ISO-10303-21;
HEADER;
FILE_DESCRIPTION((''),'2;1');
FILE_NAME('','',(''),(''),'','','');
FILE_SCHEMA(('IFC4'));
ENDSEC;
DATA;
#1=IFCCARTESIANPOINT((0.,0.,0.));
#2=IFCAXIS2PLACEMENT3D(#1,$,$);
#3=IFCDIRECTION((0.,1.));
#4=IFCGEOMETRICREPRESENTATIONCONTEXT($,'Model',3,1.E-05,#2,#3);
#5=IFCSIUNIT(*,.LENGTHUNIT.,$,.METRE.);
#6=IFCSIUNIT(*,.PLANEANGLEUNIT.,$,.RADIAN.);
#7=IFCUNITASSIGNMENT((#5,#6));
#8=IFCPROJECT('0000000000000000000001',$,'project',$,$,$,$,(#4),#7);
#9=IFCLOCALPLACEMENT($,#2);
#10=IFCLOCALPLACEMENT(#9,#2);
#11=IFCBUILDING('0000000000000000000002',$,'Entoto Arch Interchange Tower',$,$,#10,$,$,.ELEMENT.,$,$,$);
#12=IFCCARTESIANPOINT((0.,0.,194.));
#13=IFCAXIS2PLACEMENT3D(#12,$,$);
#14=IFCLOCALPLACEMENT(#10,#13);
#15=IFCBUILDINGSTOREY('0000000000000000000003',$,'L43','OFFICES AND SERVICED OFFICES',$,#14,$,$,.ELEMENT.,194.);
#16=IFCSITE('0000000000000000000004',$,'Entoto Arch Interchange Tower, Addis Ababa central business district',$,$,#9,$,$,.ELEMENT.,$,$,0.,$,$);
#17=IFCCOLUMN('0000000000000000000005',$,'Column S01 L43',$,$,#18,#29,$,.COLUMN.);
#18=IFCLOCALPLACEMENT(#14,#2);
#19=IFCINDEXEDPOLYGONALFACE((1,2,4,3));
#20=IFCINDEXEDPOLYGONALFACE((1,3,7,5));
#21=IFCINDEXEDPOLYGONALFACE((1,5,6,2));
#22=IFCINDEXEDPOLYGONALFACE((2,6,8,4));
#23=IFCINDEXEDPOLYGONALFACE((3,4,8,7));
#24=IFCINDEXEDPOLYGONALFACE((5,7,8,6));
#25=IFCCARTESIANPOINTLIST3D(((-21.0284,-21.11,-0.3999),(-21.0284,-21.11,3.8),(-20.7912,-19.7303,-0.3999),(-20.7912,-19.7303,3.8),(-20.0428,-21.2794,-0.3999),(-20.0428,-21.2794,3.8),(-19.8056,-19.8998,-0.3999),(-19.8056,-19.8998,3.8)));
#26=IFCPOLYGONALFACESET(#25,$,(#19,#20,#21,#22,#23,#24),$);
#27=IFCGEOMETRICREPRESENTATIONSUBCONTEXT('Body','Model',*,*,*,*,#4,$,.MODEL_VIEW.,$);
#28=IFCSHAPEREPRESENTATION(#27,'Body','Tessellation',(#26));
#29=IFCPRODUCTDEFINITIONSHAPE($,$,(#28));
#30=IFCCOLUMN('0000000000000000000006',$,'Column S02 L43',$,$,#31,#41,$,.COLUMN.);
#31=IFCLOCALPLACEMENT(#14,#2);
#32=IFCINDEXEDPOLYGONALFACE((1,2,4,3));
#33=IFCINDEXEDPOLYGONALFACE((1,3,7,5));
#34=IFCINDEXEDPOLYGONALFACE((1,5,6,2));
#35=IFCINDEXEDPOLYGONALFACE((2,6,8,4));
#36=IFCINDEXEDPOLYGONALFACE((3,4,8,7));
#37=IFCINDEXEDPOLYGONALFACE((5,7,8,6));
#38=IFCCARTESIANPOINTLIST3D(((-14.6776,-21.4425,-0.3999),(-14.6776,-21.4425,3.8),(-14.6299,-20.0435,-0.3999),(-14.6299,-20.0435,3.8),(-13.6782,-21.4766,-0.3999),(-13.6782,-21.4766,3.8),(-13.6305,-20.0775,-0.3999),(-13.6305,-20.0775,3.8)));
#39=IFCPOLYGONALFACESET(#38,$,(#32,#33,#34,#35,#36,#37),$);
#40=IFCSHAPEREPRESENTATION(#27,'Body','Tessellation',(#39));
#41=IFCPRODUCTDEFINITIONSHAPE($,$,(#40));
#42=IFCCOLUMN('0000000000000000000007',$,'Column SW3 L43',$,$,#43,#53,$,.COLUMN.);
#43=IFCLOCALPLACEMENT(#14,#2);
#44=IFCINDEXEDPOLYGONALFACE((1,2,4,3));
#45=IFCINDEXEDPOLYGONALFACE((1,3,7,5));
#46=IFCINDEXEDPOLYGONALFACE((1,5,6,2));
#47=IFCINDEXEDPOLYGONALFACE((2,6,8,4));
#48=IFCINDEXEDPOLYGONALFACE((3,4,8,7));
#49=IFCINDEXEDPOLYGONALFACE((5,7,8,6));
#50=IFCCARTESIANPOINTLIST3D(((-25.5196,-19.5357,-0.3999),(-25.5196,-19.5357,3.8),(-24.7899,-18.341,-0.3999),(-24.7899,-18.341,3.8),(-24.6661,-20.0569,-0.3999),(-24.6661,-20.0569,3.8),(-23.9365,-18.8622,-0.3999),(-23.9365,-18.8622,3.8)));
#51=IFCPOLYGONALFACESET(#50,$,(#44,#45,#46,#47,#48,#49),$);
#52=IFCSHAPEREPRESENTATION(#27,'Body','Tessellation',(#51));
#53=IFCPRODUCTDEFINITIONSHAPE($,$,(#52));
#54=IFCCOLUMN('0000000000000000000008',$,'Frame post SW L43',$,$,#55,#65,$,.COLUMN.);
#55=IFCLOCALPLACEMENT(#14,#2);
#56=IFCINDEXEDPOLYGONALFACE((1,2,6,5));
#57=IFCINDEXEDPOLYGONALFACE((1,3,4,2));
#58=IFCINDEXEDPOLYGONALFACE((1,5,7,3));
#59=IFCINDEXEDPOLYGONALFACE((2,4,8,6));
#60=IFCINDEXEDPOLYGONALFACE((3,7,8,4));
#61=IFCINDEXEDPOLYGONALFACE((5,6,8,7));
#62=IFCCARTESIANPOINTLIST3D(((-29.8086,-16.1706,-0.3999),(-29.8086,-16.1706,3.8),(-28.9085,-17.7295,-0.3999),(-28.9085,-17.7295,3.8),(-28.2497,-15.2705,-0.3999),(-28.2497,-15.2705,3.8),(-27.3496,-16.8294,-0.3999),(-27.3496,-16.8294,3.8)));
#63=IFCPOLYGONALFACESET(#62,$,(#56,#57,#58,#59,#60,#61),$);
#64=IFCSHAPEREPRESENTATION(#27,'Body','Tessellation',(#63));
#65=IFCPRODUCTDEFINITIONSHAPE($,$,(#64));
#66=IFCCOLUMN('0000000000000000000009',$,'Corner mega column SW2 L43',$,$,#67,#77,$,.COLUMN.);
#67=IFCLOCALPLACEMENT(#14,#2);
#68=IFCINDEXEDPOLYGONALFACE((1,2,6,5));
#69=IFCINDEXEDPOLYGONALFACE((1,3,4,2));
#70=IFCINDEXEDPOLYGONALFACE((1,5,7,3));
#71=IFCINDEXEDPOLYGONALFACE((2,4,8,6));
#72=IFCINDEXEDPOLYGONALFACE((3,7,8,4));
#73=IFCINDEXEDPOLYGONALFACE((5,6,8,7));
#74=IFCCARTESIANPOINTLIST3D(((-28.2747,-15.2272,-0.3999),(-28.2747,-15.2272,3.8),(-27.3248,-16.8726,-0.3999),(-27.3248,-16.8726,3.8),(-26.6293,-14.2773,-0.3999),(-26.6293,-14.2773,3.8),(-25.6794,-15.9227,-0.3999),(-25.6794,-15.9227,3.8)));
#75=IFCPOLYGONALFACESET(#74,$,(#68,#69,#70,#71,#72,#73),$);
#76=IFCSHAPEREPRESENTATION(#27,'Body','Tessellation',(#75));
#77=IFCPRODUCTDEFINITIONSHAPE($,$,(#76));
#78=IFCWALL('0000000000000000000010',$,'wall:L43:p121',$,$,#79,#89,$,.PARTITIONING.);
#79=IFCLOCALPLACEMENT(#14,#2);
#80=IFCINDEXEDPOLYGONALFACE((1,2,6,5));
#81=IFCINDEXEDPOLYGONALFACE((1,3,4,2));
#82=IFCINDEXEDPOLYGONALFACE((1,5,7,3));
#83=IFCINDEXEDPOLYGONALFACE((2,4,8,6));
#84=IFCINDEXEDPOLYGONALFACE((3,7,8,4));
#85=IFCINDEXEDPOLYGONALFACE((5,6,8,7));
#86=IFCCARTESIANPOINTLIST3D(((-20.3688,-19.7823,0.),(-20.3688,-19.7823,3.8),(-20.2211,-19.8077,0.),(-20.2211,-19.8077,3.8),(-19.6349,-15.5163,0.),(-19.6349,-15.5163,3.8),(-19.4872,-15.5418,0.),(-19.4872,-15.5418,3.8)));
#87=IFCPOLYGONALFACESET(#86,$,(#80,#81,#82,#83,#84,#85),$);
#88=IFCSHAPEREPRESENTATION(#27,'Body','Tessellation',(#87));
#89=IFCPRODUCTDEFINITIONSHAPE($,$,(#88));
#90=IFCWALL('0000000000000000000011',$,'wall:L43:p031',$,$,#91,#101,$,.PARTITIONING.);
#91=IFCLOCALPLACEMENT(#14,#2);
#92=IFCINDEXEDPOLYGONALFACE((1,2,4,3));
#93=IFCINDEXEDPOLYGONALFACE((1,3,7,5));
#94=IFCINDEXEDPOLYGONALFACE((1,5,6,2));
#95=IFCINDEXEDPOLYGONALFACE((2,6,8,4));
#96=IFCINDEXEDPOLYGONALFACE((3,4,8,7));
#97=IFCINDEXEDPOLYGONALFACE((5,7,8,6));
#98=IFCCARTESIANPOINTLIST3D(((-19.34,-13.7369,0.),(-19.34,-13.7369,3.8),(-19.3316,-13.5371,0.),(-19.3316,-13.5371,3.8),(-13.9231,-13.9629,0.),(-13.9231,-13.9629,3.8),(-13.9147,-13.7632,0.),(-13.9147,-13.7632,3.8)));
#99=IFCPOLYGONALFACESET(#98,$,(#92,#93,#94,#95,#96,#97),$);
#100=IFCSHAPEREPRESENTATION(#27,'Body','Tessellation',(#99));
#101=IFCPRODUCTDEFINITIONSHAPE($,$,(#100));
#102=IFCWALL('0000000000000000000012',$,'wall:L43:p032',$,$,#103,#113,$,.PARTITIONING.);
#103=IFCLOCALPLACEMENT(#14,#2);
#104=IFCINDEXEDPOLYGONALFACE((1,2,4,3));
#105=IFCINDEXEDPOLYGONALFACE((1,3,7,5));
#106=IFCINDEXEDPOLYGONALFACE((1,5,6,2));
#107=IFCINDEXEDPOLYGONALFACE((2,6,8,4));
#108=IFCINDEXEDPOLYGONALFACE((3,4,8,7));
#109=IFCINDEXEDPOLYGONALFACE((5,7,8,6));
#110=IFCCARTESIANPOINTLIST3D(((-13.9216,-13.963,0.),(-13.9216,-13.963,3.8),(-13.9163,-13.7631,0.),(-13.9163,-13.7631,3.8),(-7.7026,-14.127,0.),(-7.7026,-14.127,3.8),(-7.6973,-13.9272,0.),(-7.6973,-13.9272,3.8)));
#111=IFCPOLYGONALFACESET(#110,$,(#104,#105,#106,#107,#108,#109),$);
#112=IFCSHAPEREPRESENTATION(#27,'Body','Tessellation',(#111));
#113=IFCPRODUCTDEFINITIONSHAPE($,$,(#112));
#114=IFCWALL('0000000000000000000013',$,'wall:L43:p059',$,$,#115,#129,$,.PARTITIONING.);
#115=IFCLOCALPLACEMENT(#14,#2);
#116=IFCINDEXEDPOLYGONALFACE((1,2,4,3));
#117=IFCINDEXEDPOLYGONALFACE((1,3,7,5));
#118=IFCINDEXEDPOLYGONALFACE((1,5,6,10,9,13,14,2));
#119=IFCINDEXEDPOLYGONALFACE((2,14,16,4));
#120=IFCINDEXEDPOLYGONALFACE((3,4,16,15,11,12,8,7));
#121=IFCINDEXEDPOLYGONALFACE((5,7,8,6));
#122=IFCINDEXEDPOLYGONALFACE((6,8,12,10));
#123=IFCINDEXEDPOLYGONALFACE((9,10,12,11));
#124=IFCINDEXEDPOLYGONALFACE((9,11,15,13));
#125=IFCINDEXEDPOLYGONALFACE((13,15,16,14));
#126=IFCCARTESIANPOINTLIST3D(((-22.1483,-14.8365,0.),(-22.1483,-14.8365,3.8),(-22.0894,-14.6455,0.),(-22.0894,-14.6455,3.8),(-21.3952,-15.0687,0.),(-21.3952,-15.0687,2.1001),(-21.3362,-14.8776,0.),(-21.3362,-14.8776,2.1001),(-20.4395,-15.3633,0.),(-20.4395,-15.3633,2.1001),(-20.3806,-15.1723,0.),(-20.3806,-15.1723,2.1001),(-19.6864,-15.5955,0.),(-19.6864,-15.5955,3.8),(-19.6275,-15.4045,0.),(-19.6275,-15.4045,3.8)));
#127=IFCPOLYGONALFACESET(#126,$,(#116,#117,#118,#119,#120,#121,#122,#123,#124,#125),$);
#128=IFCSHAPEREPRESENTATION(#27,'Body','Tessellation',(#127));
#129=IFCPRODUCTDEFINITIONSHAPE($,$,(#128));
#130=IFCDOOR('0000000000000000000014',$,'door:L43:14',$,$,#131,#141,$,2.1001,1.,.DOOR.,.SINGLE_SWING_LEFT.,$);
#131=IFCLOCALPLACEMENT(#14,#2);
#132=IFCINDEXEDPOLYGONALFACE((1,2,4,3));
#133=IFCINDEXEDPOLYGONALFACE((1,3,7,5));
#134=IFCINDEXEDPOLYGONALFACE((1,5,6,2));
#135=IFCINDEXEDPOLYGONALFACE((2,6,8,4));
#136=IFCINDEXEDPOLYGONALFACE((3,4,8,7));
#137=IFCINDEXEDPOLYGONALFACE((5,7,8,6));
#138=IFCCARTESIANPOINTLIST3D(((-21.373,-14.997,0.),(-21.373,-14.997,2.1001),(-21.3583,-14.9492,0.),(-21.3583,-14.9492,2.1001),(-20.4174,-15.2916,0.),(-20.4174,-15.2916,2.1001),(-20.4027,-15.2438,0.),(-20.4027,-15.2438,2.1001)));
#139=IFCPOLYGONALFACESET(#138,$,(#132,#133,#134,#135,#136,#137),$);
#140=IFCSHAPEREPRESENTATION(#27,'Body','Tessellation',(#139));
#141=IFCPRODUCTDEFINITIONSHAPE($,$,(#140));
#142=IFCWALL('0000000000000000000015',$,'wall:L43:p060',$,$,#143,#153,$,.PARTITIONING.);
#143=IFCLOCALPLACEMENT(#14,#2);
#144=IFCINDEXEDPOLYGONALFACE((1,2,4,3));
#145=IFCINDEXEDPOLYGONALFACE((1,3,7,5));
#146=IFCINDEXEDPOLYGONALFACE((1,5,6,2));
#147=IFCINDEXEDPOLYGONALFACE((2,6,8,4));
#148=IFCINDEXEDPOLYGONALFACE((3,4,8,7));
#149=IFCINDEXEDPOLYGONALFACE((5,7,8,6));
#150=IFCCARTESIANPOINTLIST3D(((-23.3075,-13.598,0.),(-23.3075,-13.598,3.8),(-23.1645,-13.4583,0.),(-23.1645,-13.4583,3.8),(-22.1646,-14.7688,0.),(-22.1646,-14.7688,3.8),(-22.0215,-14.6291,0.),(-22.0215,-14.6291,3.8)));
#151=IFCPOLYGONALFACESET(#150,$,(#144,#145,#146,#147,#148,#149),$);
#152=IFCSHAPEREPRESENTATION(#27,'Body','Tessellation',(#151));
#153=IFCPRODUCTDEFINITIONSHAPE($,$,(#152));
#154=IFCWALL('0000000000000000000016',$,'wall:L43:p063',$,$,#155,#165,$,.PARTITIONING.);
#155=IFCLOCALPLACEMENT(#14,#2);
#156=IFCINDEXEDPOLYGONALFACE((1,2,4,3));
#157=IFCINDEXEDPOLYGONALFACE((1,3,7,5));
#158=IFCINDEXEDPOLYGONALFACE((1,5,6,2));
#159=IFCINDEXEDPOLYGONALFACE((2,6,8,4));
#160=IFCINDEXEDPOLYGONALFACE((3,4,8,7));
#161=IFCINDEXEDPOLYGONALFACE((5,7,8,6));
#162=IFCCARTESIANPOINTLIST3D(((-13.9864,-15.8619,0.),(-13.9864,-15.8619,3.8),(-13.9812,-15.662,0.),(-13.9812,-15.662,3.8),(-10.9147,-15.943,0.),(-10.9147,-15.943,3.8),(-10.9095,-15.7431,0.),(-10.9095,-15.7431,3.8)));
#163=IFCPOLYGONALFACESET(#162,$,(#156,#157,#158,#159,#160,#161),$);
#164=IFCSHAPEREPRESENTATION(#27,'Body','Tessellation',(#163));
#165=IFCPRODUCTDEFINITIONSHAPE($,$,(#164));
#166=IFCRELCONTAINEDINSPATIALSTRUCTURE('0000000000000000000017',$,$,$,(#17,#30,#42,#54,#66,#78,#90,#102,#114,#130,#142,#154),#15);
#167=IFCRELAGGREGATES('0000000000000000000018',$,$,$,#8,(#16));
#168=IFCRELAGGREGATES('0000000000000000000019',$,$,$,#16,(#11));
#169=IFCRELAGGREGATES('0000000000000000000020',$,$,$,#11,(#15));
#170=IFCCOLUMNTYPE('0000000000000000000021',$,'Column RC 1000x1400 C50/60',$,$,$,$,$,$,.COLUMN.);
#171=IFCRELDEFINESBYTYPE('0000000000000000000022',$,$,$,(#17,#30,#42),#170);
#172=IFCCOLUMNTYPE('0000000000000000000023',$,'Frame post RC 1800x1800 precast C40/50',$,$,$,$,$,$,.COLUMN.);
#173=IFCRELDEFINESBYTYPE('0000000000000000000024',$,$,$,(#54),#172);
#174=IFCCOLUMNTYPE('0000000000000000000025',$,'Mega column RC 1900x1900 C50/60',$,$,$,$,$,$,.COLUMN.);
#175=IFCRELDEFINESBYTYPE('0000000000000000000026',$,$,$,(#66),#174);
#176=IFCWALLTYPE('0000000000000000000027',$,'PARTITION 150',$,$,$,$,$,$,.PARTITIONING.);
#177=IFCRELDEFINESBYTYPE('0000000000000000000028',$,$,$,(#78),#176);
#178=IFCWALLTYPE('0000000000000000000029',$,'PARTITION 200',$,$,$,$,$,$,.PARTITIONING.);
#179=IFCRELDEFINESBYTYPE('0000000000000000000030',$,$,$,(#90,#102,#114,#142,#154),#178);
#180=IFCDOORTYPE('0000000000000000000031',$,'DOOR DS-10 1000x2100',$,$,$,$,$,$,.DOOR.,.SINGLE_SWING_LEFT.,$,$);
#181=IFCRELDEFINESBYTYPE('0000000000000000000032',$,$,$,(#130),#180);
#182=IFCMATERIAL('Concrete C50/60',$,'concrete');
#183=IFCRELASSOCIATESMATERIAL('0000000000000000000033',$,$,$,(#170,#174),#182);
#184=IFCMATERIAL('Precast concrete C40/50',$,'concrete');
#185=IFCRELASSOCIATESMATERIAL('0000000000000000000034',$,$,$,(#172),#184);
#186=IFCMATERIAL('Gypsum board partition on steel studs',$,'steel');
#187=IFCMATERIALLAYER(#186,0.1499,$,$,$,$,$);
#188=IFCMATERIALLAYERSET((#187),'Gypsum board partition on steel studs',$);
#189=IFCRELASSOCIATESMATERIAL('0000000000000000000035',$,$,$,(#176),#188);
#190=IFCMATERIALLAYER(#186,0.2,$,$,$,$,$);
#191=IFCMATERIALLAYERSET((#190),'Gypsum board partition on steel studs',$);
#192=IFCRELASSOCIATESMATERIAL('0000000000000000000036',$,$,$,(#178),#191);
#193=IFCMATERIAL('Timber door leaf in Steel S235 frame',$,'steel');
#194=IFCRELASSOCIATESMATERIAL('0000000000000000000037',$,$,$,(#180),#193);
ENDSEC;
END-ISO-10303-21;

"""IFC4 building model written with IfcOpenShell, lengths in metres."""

from ifc_helpers import new_model, si_unit, direction, frame, frame_2d, origin, origin_2d, place, context, subcontext, project, spatial, rectangle, extrude, material, layer, layer_set, material_profile, profile_set, type_object, element, fill, save


model = new_model("IFC4")

# Units and contexts
model_context = context("Model", 3, precision=1e-05, world=origin(), true_north=direction((0.0, 1.0)))
body_context = subcontext(model_context, "Body", "Model", "MODEL_VIEW")
ifc_project = project(units=[si_unit("LENGTHUNIT", "METRE"), si_unit("PLANEANGLEUNIT", "RADIAN")], contexts=[model_context])

# Site, building, storey
site_placement = place(None, origin())
site = spatial("IfcSite", under=ifc_project, at=site_placement, Name="Entoto Arch Interchange Tower, Addis Ababa central business district", CompositionType="ELEMENT", RefElevation=0.0)
building_placement = place(site_placement, origin())
building = spatial("IfcBuilding", under=site, at=building_placement, Name="Entoto Arch Interchange Tower", CompositionType="ELEMENT")
storey_placement = place(building_placement, frame((0.0, 0.0, 194.0)))
storey = spatial("IfcBuildingStorey", under=building, at=storey_placement, Name="L43", Description="OFFICES AND SERVICED OFFICES", CompositionType="ELEMENT", Elevation=194.0)

# Columns
ifc_material_1 = material(Name="Concrete C50/60", Category="concrete")
ifc_material_profile_1 = material_profile(ifc_material_1, rectangle(XDim=1.0, YDim=1.3999, at=origin_2d()))
ifc_profile_set_1 = profile_set([ifc_material_profile_1], Name="Concrete C50/60")
column_type_1 = type_object("IfcColumnType", Name="Column RC 1000x1400 C50/60", PredefinedType="COLUMN", material=ifc_profile_set_1)
for number, where, z_axis, x_axis, name in (
    (1, (-20.417, -20.5049, -0.3999), (0.0, 0.0, 1.0), (-0.985541, 0.169436, 0.0), "Column S01 L43"),
    (2, (-14.1541, -20.76, -0.3999), (0.0, 0.0, 1.0), (-0.999421, 0.034027, 0.0), "Column S02 L43"),
    (3, (-24.728, -19.199, -0.3999), (0.0, 0.0, 1.0), (-0.853423, 0.521218, 0.0), "Column SW3 L43"),
):
    element("IfcColumn", number, at=place(storey_placement, frame(where, z_axis=z_axis, x_axis=x_axis)), inside=storey, type_object=column_type_1, Name=name, PredefinedType="COLUMN", context=body_context, shape_type="SweptSolid", body=[
        extrude(rectangle(XDim=1.0, YDim=1.3999, at=origin_2d()), origin(), (0.0, 0.0, 1.0), 4.2),
    ])
ifc_material_2 = material(Name="Precast concrete C40/50", Category="concrete")
ifc_material_profile_2 = material_profile(ifc_material_2, rectangle(XDim=1.8, YDim=1.8, at=origin_2d()))
ifc_profile_set_2 = profile_set([ifc_material_profile_2], Name="Precast concrete C40/50")
column_type_2 = type_object("IfcColumnType", Name="Frame post RC 1800x1800 precast C40/50", PredefinedType="COLUMN", material=ifc_profile_set_2)
column_1_placement = place(storey_placement, frame((-28.5791, -16.5, -0.3999), z_axis=(0.0, 0.0, 1.0), x_axis=(0.866025, 0.5, 0.0)))
element("IfcColumn", 4, at=column_1_placement, inside=storey, type_object=column_type_2, Name="Frame post SW L43", PredefinedType="COLUMN", context=body_context, shape_type="SweptSolid", body=[
    extrude(rectangle(XDim=1.8, YDim=1.8, at=origin_2d()), origin(), (0.0, 0.0, 1.0), 4.2),
])
ifc_material_profile_3 = material_profile(ifc_material_1, rectangle(XDim=1.8999, YDim=1.8999, at=origin_2d()))
ifc_profile_set_3 = profile_set([ifc_material_profile_3], Name="Concrete C50/60")
column_type_3 = type_object("IfcColumnType", Name="Mega column RC 1900x1900 C50/60", PredefinedType="COLUMN", material=ifc_profile_set_3)
column_2_placement = place(storey_placement, frame((-26.9771, -15.575, -0.3999), z_axis=(0.0, 0.0, 1.0), x_axis=(0.866025, 0.5, 0.0)))
element("IfcColumn", 5, at=column_2_placement, inside=storey, type_object=column_type_3, Name="Corner mega column SW2 L43", PredefinedType="COLUMN", context=body_context, shape_type="SweptSolid", body=[
    extrude(rectangle(XDim=1.8999, YDim=1.8999, at=origin_2d()), origin(), (0.0, 0.0, 1.0), 4.2),
])

# Walls
ifc_material_3 = material(Name="Gypsum board partition on steel studs", Category="steel")
ifc_layer_1 = layer(ifc_material_3, 0.1499)
ifc_layer_set_1 = layer_set([ifc_layer_1], Name="Gypsum board partition on steel studs")
wall_type_1 = type_object("IfcWallType", Name="PARTITION 150", PredefinedType="PARTITIONING", material=ifc_layer_set_1)
wall_1_placement = place(storey_placement, frame((-19.561, -15.5291, 0.0), z_axis=(0.0, 0.0, 1.0), x_axis=(-0.169546, -0.985522, 0.0)))
element("IfcWall", 6, at=wall_1_placement, inside=storey, type_object=wall_type_1, Name="wall:L43:p121", PredefinedType="PARTITIONING", context=body_context, shape_type="SweptSolid", body=[
    extrude(rectangle(XDim=4.3286, YDim=0.1499, at=frame_2d((2.1643, 0.0))), origin(), (0.0, 0.0, 1.0), 3.8),
])
ifc_layer_2 = layer(ifc_material_3, 0.2)
ifc_layer_set_2 = layer_set([ifc_layer_2], Name="Gypsum board partition on steel studs")
wall_type_2 = type_object("IfcWallType", Name="PARTITION 200", PredefinedType="PARTITIONING", material=ifc_layer_set_2)
wall_2_placement = place(storey_placement, frame((-19.3359, -13.637, 0.0), z_axis=(0.0, 0.0, 1.0), x_axis=(0.99913, -0.041698, 0.0)))
element("IfcWall", 7, at=wall_2_placement, inside=storey, type_object=wall_type_2, Name="wall:L43:p031", PredefinedType="PARTITIONING", context=body_context, shape_type="SweptSolid", body=[
    extrude(rectangle(XDim=5.4216, YDim=0.2, at=frame_2d((2.7109, 0.0))), origin(), (0.0, 0.0, 1.0), 3.8),
])
wall_3_placement = place(storey_placement, frame((-13.9189, -13.863, 0.0), z_axis=(0.0, 0.0, 1.0), x_axis=(0.999652, -0.026372, 0.0)))
element("IfcWall", 8, at=wall_3_placement, inside=storey, type_object=wall_type_2, Name="wall:L43:p032", PredefinedType="PARTITIONING", context=body_context, shape_type="SweptSolid", body=[
    extrude(rectangle(XDim=6.2212, YDim=0.2, at=frame_2d((3.1106, 0.0))), origin(), (0.0, 0.0, 1.0), 3.8),
])

# Wall, opening, door
wall_4_placement = place(storey_placement, frame((-19.657, -15.5, 0.0), z_axis=(0.0, 0.0, 1.0), x_axis=(-0.955613, 0.294625, 0.0)))
wall_4 = element("IfcWall", 9, at=wall_4_placement, inside=storey, type_object=wall_type_2, Name="wall:L43:p059", PredefinedType="PARTITIONING", context=body_context, shape_type="SweptSolid", body=[
    extrude(rectangle(XDim=2.5762, YDim=0.2, at=frame_2d((1.2881, 0.0))), origin(), (0.0, 0.0, 1.0), 3.8),
])
opening_1_placement = place(wall_4_placement, frame((0.7881, 0.0, 0.0)))
opening_1 = element("IfcOpeningElement", 10, at=opening_1_placement, cuts=wall_4, PredefinedType="OPENING", context=body_context, shape_type="SweptSolid", body=[
    extrude(rectangle(XDim=1.0, YDim=2.1001, at=frame_2d((0.5, 1.05))), frame((0.0, 0.1099, 0.0), z_axis=(0.0, -1.0, 0.0), x_axis=(1.0, 0.0, 0.0)), (0.0, 0.0, 1.0), 0.22),
])
ifc_material_4 = material(Name="Timber door leaf in Steel S235 frame", Category="steel")
door_type = type_object("IfcDoorType", Name="DOOR DS-10 1000x2100", OperationType="SINGLE_SWING_LEFT", PredefinedType="DOOR", material=ifc_material_4)
door_1_placement = place(opening_1_placement, origin())
door_1 = element("IfcDoor", 11, at=door_1_placement, inside=storey, type_object=door_type, Name="door:L43:14", OperationType="SINGLE_SWING_LEFT", OverallHeight=2.1001, OverallWidth=1.0, PredefinedType="DOOR", context=body_context, shape_type="SweptSolid", body=[
    extrude(rectangle(XDim=1.0, YDim=2.1001, at=frame_2d((0.5, 1.05))), frame((0.0, 0.0249, 0.0), z_axis=(0.0, -1.0, 0.0), x_axis=(1.0, 0.0, 0.0)), (0.0, 0.0, 1.0), 0.05),
])
fill(opening_1, door_1)

# Walls
wall_5_placement = place(storey_placement, frame((-22.093, -14.699, 0.0), z_axis=(0.0, 0.0, 1.0), x_axis=(-0.698551, 0.71556, 0.0)))
element("IfcWall", 12, at=wall_5_placement, inside=storey, type_object=wall_type_2, Name="wall:L43:p060", PredefinedType="PARTITIONING", context=body_context, shape_type="SweptSolid", body=[
    extrude(rectangle(XDim=1.6362, YDim=0.2, at=frame_2d((0.8181, 0.0))), origin(), (0.0, 0.0, 1.0), 3.8),
])
wall_6_placement = place(storey_placement, frame((-10.9121, -15.843, 0.0), z_axis=(0.0, 0.0, 1.0), x_axis=(-0.999652, 0.026378, 0.0)))
element("IfcWall", 13, at=wall_6_placement, inside=storey, type_object=wall_type_2, Name="wall:L43:p063", PredefinedType="PARTITIONING", context=body_context, shape_type="SweptSolid", body=[
    extrude(rectangle(XDim=3.0728, YDim=0.2, at=frame_2d((1.5364, 0.0))), origin(), (0.0, 0.0, 1.0), 3.8),
])

save(model, "model.ifc")
